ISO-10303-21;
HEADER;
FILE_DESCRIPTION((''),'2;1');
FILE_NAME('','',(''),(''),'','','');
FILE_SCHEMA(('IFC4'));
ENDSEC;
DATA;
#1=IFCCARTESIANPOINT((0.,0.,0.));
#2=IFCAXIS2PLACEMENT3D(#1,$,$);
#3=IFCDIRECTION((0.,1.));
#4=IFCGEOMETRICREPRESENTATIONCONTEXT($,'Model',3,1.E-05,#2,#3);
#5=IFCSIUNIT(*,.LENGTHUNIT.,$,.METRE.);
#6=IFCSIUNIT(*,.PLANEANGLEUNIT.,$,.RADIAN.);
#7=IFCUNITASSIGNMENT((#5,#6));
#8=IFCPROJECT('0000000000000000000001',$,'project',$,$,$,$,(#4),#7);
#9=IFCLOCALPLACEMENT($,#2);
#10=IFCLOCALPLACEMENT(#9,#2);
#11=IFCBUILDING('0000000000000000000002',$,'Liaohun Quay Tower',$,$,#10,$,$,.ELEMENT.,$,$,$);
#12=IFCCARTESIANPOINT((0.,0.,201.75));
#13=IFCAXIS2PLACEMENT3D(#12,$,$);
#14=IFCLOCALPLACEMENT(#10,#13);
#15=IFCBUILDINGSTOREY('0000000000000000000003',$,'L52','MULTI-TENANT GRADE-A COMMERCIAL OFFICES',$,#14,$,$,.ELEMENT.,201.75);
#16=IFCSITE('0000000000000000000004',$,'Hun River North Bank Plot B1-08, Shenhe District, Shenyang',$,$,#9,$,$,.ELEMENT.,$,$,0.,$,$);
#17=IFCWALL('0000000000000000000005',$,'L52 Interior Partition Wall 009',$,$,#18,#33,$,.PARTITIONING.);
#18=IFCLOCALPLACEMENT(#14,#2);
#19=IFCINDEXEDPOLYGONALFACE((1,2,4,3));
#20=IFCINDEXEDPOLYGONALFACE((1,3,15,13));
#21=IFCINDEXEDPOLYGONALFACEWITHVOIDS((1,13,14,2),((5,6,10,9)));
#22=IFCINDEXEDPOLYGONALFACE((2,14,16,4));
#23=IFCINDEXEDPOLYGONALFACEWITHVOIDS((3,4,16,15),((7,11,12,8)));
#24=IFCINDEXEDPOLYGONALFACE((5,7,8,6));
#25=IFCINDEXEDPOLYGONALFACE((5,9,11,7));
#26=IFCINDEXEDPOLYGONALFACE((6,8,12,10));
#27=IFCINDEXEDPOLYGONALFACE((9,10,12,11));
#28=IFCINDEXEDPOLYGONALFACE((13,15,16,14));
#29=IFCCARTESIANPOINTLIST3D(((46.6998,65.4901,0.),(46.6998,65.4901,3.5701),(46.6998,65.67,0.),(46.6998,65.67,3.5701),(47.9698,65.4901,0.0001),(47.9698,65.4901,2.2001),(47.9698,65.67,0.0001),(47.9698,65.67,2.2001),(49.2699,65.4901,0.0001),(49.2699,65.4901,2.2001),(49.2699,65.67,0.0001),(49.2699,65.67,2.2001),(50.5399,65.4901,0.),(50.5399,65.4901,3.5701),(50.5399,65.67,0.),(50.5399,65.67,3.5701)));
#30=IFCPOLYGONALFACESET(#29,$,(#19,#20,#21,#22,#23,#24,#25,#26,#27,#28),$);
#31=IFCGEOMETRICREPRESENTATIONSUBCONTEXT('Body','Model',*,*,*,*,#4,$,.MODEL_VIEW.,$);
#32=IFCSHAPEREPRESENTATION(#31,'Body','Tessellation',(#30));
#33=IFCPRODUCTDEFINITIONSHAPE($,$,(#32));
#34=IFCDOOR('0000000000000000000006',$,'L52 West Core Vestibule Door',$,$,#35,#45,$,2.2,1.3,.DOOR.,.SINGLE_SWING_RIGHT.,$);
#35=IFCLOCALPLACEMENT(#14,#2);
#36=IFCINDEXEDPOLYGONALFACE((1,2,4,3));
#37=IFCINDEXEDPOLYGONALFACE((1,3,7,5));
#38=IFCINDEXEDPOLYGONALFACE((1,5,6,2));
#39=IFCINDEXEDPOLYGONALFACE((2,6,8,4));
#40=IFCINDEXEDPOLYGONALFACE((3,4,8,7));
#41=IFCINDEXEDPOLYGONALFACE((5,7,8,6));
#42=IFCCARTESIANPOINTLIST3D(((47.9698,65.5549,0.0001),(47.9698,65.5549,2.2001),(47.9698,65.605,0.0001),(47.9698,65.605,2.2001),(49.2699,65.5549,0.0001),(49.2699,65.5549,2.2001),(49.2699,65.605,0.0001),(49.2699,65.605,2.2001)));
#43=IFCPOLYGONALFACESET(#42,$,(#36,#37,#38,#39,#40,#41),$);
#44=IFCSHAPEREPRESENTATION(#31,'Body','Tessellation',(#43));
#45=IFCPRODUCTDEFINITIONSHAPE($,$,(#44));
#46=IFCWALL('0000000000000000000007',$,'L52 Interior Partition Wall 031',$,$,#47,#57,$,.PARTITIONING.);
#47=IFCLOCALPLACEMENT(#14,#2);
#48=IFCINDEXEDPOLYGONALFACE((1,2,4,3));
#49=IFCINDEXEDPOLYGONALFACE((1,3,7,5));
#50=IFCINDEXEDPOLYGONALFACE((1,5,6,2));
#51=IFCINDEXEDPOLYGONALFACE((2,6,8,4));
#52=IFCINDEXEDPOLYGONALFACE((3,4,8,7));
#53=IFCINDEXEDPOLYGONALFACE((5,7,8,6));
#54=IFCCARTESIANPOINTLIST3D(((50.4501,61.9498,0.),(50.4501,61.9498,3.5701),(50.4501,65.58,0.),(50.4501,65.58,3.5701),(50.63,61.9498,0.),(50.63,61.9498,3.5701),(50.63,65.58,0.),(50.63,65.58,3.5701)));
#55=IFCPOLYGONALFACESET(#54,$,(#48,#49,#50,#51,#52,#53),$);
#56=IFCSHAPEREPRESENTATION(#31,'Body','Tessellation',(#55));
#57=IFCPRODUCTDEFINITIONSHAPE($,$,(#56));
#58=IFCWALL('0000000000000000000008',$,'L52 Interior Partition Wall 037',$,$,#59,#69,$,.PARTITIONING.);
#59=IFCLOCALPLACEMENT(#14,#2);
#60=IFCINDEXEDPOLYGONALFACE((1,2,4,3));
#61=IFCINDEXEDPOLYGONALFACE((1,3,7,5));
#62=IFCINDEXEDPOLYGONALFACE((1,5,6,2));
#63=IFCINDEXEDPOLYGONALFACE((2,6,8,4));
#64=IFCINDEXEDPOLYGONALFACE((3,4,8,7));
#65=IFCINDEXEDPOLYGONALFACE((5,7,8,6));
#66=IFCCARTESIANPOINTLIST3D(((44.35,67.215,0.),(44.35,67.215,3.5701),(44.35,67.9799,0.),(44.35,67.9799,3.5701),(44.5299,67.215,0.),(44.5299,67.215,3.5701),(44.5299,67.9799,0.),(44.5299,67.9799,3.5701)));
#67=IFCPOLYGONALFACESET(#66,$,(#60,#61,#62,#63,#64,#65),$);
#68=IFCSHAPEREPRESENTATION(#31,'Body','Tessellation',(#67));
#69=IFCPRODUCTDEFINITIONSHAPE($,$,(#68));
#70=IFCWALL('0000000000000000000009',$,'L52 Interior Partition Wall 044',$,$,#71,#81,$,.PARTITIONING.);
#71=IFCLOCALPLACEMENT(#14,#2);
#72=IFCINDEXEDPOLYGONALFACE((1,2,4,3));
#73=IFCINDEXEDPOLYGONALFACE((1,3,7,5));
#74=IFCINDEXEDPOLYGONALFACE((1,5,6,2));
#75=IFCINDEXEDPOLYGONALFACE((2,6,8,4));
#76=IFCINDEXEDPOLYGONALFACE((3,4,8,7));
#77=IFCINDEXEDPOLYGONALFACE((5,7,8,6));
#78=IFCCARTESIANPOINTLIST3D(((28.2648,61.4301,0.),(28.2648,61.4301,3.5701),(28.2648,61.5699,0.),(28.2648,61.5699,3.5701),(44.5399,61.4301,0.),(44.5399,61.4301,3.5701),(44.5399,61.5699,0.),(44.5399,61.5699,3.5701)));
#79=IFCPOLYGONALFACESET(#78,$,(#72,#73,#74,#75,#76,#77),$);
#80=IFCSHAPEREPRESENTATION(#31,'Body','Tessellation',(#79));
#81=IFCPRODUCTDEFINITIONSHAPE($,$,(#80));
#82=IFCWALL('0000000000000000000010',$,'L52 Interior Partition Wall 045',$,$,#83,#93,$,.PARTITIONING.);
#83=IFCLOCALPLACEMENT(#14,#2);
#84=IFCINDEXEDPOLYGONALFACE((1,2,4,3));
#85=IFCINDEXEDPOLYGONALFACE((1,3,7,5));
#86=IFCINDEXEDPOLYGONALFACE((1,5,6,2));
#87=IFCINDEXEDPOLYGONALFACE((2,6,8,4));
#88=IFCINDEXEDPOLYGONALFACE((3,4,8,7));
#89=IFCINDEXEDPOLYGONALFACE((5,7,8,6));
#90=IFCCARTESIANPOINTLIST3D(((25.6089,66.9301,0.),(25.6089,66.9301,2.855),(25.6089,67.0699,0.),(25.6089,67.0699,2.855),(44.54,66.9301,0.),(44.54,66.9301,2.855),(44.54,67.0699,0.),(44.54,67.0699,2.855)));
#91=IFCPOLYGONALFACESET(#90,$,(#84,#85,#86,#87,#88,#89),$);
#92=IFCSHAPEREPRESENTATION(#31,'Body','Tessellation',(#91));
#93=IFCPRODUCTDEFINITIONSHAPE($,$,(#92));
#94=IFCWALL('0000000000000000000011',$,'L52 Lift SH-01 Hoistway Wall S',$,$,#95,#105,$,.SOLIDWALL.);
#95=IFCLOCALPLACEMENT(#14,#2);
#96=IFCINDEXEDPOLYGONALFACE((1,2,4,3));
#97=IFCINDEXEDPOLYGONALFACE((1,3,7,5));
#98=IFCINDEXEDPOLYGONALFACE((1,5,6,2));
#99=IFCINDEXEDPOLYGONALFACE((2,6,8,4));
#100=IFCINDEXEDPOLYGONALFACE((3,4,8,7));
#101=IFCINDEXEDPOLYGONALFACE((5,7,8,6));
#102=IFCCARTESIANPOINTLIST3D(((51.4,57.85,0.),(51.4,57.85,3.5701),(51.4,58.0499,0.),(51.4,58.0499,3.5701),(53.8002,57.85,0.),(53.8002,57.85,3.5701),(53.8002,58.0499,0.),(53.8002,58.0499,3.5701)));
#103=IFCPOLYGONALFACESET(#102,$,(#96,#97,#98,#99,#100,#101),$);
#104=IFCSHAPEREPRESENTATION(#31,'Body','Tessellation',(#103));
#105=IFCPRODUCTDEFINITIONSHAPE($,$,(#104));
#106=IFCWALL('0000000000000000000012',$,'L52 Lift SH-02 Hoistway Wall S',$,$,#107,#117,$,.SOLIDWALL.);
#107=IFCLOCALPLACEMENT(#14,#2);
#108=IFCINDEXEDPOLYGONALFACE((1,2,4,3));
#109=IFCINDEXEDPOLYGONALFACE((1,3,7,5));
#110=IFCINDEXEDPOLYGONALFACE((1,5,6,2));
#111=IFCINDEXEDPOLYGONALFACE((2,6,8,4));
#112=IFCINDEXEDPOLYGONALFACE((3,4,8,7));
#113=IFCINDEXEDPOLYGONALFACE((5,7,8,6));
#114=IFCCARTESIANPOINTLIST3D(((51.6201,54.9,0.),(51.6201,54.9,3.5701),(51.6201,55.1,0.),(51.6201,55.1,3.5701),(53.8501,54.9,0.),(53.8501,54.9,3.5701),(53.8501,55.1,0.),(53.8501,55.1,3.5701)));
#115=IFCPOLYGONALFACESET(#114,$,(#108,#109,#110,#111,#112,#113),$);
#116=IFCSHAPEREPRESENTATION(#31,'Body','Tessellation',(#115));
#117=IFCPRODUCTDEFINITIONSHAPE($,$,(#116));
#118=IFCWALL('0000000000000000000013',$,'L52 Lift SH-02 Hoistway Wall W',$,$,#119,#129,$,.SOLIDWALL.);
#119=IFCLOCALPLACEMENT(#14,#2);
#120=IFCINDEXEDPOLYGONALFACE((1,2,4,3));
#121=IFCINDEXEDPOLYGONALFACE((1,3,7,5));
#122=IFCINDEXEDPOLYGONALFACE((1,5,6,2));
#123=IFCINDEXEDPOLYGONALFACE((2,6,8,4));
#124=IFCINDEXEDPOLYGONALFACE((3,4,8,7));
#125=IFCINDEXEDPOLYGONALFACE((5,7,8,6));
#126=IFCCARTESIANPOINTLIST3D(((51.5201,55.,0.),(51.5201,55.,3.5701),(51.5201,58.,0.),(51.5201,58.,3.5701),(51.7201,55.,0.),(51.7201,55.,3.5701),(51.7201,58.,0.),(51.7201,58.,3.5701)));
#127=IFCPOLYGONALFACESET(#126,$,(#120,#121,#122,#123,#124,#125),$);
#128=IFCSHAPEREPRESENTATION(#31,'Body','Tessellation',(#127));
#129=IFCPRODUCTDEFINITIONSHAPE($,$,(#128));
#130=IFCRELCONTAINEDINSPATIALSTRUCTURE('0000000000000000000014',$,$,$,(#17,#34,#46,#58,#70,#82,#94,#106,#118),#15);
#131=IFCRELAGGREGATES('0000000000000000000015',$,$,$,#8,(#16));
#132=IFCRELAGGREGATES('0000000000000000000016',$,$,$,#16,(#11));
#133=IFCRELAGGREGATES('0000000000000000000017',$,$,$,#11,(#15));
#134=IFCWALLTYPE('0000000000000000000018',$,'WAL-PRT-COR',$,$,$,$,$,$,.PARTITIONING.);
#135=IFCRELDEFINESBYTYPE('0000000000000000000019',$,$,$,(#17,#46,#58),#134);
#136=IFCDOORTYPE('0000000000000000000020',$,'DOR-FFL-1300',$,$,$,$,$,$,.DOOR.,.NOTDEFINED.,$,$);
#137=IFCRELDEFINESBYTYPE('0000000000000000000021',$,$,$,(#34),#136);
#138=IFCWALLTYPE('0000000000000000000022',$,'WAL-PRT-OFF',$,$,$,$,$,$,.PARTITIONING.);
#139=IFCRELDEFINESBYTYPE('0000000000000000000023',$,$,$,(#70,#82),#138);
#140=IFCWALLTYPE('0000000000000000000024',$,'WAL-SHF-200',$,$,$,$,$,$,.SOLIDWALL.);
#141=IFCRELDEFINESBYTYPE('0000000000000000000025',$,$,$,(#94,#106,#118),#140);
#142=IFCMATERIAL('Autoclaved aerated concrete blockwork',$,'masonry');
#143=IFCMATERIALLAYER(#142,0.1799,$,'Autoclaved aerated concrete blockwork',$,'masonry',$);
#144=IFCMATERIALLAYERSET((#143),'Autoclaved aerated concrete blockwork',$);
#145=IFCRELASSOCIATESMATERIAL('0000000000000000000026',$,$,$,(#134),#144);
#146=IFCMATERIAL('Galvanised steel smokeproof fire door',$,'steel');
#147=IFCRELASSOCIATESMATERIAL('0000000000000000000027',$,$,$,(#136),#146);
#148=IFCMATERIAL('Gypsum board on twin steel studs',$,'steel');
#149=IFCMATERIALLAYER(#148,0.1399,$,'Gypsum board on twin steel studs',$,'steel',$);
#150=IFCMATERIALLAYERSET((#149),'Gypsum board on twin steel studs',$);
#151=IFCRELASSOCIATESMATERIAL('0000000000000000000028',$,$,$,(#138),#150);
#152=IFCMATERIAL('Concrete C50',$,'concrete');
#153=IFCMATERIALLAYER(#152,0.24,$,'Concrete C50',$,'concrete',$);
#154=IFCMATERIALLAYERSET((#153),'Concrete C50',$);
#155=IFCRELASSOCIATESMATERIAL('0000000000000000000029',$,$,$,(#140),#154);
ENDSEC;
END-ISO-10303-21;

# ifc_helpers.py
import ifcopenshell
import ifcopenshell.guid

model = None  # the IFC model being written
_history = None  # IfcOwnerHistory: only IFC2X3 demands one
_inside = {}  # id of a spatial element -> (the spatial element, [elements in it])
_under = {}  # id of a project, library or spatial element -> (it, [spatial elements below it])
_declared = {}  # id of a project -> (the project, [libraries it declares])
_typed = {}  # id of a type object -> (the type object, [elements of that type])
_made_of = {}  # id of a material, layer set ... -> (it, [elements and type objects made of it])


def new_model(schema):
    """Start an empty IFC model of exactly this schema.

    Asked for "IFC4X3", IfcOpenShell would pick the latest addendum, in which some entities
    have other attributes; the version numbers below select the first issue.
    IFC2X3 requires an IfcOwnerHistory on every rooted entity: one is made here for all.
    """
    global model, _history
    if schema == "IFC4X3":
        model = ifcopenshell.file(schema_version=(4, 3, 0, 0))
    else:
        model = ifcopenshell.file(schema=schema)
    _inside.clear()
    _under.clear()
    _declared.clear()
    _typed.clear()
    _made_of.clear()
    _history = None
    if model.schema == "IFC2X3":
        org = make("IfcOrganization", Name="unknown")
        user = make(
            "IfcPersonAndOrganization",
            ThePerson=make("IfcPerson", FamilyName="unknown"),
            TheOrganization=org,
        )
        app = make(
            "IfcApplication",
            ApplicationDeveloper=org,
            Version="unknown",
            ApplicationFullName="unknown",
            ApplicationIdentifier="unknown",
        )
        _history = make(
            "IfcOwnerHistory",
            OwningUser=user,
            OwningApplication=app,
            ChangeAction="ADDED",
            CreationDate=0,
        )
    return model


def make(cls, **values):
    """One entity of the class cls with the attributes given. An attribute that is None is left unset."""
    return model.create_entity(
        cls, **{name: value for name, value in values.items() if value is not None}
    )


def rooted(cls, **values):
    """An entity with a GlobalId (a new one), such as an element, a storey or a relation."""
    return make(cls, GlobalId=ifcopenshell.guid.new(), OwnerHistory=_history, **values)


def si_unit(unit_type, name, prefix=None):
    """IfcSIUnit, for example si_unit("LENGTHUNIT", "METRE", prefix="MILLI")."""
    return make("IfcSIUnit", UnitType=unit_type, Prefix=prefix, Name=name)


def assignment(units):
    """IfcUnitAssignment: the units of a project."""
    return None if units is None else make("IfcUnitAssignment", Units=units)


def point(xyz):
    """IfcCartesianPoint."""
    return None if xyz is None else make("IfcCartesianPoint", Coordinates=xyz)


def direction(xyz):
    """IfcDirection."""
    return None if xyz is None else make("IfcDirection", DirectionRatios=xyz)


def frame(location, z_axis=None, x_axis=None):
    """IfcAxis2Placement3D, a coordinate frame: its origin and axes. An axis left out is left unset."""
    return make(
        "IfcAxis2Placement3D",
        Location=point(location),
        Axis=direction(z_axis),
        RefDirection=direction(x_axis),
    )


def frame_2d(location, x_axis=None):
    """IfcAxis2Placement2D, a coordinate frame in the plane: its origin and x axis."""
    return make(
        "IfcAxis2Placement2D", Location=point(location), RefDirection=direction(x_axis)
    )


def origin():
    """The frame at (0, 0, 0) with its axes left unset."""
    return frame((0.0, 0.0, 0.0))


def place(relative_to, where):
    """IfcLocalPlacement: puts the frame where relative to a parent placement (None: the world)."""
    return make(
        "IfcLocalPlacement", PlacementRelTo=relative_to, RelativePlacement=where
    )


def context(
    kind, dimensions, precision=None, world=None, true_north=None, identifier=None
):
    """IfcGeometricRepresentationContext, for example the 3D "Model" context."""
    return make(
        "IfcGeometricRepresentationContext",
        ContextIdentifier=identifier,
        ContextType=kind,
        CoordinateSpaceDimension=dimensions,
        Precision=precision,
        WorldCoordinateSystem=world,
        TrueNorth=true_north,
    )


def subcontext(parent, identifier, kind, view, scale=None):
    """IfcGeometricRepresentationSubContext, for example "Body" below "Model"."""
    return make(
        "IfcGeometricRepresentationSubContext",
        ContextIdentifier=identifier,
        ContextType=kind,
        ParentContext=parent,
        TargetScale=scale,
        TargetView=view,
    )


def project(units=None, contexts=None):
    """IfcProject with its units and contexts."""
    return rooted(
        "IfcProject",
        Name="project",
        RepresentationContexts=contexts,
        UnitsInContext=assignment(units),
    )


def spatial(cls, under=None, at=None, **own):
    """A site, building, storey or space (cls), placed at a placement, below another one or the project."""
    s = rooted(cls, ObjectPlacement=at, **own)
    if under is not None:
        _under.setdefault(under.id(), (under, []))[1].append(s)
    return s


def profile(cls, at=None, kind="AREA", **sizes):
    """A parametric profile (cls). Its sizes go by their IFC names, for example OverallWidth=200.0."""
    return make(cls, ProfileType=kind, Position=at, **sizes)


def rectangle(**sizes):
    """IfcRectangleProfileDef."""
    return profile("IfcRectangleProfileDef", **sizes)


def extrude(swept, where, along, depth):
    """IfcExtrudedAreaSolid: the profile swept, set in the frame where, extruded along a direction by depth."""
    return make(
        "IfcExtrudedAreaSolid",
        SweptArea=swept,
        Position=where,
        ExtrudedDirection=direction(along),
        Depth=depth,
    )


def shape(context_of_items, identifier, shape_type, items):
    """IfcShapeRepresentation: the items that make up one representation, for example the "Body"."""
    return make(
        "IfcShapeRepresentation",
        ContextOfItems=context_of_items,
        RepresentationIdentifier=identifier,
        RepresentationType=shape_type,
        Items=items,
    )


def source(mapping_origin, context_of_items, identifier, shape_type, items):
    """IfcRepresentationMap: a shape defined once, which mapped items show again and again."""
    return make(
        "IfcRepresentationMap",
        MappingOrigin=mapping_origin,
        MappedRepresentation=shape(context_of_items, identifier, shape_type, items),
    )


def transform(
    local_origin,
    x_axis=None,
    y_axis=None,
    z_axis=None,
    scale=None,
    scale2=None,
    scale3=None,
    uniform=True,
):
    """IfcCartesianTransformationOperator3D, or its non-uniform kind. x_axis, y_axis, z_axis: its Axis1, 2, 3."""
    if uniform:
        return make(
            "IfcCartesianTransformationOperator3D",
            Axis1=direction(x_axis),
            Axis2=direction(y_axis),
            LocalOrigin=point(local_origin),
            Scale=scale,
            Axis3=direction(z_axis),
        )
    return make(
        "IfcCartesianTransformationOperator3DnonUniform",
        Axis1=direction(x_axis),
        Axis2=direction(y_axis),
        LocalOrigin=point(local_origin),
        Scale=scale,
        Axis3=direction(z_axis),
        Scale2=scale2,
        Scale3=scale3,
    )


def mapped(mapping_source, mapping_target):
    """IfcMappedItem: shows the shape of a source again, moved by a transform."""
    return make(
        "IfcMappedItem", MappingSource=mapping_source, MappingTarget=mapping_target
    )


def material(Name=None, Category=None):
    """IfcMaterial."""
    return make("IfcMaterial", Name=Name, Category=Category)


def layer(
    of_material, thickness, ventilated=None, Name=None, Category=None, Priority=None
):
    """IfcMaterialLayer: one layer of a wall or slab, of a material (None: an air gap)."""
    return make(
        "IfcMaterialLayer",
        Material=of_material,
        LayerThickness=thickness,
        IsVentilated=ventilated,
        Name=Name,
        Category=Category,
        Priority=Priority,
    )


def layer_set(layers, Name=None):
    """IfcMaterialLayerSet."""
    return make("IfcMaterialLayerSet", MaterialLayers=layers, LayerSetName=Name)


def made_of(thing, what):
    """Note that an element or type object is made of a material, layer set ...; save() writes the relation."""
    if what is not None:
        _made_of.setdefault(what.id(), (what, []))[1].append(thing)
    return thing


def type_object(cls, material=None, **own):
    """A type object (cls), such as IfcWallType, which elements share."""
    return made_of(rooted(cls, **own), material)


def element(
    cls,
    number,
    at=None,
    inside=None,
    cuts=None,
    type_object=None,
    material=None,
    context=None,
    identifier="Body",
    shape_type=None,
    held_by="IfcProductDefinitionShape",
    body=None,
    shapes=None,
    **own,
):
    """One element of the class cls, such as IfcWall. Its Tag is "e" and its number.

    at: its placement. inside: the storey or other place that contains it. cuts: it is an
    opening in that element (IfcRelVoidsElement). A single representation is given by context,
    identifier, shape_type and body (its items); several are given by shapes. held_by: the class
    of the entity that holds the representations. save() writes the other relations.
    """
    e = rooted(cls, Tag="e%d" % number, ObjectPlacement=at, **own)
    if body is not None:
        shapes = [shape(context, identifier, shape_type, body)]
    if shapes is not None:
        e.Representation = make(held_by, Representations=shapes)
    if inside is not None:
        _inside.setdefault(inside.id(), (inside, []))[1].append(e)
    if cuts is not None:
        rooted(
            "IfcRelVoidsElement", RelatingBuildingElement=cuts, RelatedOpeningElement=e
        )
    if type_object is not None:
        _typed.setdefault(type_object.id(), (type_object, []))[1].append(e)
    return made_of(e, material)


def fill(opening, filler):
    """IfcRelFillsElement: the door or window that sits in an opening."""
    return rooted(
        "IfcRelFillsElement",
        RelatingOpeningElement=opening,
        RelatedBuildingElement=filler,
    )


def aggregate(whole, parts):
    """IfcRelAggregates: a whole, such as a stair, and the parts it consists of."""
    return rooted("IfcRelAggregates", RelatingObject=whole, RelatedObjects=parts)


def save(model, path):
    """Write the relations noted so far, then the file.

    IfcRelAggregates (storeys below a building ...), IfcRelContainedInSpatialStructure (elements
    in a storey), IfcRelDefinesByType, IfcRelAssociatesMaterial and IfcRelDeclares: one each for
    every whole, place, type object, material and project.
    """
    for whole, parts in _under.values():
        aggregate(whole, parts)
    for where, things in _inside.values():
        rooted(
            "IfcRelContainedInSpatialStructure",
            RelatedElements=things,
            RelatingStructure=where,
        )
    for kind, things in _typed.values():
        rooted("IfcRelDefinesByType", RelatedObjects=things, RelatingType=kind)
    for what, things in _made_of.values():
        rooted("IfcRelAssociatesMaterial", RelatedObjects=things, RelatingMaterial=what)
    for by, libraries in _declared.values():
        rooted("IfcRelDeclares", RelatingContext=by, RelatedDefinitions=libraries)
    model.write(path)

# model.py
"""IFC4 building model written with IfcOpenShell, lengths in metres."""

from ifc_helpers import new_model, si_unit, direction, frame, frame_2d, origin, place, context, subcontext, project, spatial, rectangle, extrude, source, transform, mapped, material, layer, layer_set, type_object, element, fill, save


model = new_model("IFC4")

# Units and contexts
model_context = context("Model", 3, precision=1e-05, world=origin(), true_north=direction((0.0, 1.0)))
body_context = subcontext(model_context, "Body", "Model", "MODEL_VIEW")
ifc_project = project(units=[si_unit("LENGTHUNIT", "METRE"), si_unit("PLANEANGLEUNIT", "RADIAN")], contexts=[model_context])

# Site, building, storey
site_placement = place(None, origin())
site = spatial("IfcSite", under=ifc_project, at=site_placement, Name="Hun River North Bank Plot B1-08, Shenhe District, Shenyang", CompositionType="ELEMENT", RefElevation=0.0)
building_placement = place(site_placement, origin())
building = spatial("IfcBuilding", under=site, at=building_placement, Name="Liaohun Quay Tower", CompositionType="ELEMENT")
storey_placement = place(building_placement, frame((0.0, 0.0, 201.75)))
storey = spatial("IfcBuildingStorey", under=building, at=storey_placement, Name="L52", Description="MULTI-TENANT GRADE-A COMMERCIAL OFFICES", CompositionType="ELEMENT", Elevation=201.75)

# Wall, opening, door
ifc_material_1 = material(Name="Autoclaved aerated concrete blockwork", Category="masonry")
ifc_layer_1 = layer(ifc_material_1, 0.1799, Name="Autoclaved aerated concrete blockwork", Category="masonry")
ifc_layer_set_1 = layer_set([ifc_layer_1], Name="Autoclaved aerated concrete blockwork")
wall_type_1 = type_object("IfcWallType", Name="WAL-PRT-COR", PredefinedType="PARTITIONING", material=ifc_layer_set_1)
wall_1_placement = place(storey_placement, frame((46.7, 65.5801, 0.0), z_axis=(0.0, 0.0, 1.0), x_axis=(1.0, 0.0, 0.0)))
wall_1 = element("IfcWall", 1, at=wall_1_placement, inside=storey, type_object=wall_type_1, Name="L52 Interior Partition Wall 009", PredefinedType="PARTITIONING", context=body_context, shape_type="SweptSolid", body=[
    extrude(rectangle(XDim=3.8401, YDim=0.1799, at=frame_2d((1.9199, 0.0))), origin(), (0.0, 0.0, 1.0), 3.5701),
])
shared_shape_1 = source(origin(), body_context, "Body", "SweptSolid", [
    extrude(rectangle(XDim=1.3, YDim=2.2, at=frame_2d((0.6499, 1.1001))), frame((0.0, 0.0999, 0.0), z_axis=(0.0, -1.0, 0.0), x_axis=(1.0, 0.0, 0.0)), (0.0, 0.0, 1.0), 0.2),
])
opening_1_placement = place(wall_1_placement, frame((1.27, 0.0, 0.0)))
opening_1 = element("IfcOpeningElement", 2, at=opening_1_placement, cuts=wall_1, PredefinedType="OPENING", context=body_context, shape_type="MappedRepresentation", body=[
    mapped(shared_shape_1, transform((0.0, 0.0, 0.0), x_axis=(1.0, 0.0, 0.0), y_axis=(0.0, 1.0, 0.0), z_axis=(0.0, 0.0, 1.0), scale=1.0)),
])
ifc_material_2 = material(Name="Galvanised steel smokeproof fire door", Category="steel")
door_type_1 = type_object("IfcDoorType", Name="DOR-FFL-1300", OperationType="NOTDEFINED", PredefinedType="DOOR", material=ifc_material_2)
shared_shape_2 = source(origin(), body_context, "Body", "SweptSolid", [
    extrude(rectangle(XDim=1.3, YDim=2.2, at=frame_2d((0.6499, 1.1001))), frame((0.0, 0.0249, 0.0), z_axis=(0.0, -1.0, 0.0), x_axis=(1.0, 0.0, 0.0)), (0.0, 0.0, 1.0), 0.05),
])
door_1_placement = place(opening_1_placement, origin())
door_1 = element("IfcDoor", 3, at=door_1_placement, inside=storey, type_object=door_type_1, Name="L52 West Core Vestibule Door", OperationType="SINGLE_SWING_RIGHT", OverallHeight=2.2, OverallWidth=1.3, PredefinedType="DOOR", context=body_context, shape_type="MappedRepresentation", body=[
    mapped(shared_shape_2, transform((0.0, 0.0, 0.0), x_axis=(1.0, 0.0, 0.0), y_axis=(0.0, 1.0, 0.0), z_axis=(0.0, 0.0, 1.0), scale=1.0)),
])
fill(opening_1, door_1)

# Walls
wall_2_placement = place(storey_placement, frame((50.54, 61.95, 0.0), z_axis=(0.0, 0.0, 1.0), x_axis=(0.0, 1.0, 0.0)))
element("IfcWall", 4, at=wall_2_placement, inside=storey, type_object=wall_type_1, Name="L52 Interior Partition Wall 031", PredefinedType="PARTITIONING", context=body_context, shape_type="SweptSolid", body=[
    extrude(rectangle(XDim=3.6301, YDim=0.1799, at=frame_2d((1.8149, 0.0))), origin(), (0.0, 0.0, 1.0), 3.5701),
])
wall_3_placement = place(storey_placement, frame((44.4399, 67.2151, 0.0), z_axis=(0.0, 0.0, 1.0), x_axis=(0.0, 1.0, 0.0)))
element("IfcWall", 5, at=wall_3_placement, inside=storey, type_object=wall_type_1, Name="L52 Interior Partition Wall 037", PredefinedType="PARTITIONING", context=body_context, shape_type="SweptSolid", body=[
    extrude(rectangle(XDim=0.7649, YDim=0.1799, at=frame_2d((0.3823, 0.0))), origin(), (0.0, 0.0, 1.0), 3.5701),
])
ifc_material_3 = material(Name="Gypsum board on twin steel studs", Category="steel")
ifc_layer_2 = layer(ifc_material_3, 0.1399, Name="Gypsum board on twin steel studs", Category="steel")
ifc_layer_set_2 = layer_set([ifc_layer_2], Name="Gypsum board on twin steel studs")
wall_type_2 = type_object("IfcWallType", Name="WAL-PRT-OFF", PredefinedType="PARTITIONING", material=ifc_layer_set_2)
wall_4_placement = place(storey_placement, frame((44.54, 61.5, 0.0), z_axis=(0.0, 0.0, 1.0), x_axis=(-1.0, 0.0, 0.0)))
element("IfcWall", 6, at=wall_4_placement, inside=storey, type_object=wall_type_2, Name="L52 Interior Partition Wall 044", PredefinedType="PARTITIONING", context=body_context, shape_type="SweptSolid", body=[
    extrude(rectangle(XDim=16.2751, YDim=0.1399, at=frame_2d((8.1377, 0.0))), origin(), (0.0, 0.0, 1.0), 3.5701),
])
wall_5_placement = place(storey_placement, frame((44.54, 67.0, 0.0), z_axis=(0.0, 0.0, 1.0), x_axis=(-1.0, 0.0, 0.0)))
element("IfcWall", 7, at=wall_5_placement, inside=storey, type_object=wall_type_2, Name="L52 Interior Partition Wall 045", PredefinedType="PARTITIONING", context=body_context, shape_type="SweptSolid", body=[
    extrude(rectangle(XDim=18.9312, YDim=0.1399, at=frame_2d((9.4656, 0.0))), origin(), (0.0, 0.0, 1.0), 2.855),
])
ifc_material_4 = material(Name="Concrete C50", Category="concrete")
ifc_layer_3 = layer(ifc_material_4, 0.24, Name="Concrete C50", Category="concrete")
ifc_layer_set_3 = layer_set([ifc_layer_3], Name="Concrete C50")
wall_type_3 = type_object("IfcWallType", Name="WAL-SHF-200", PredefinedType="SOLIDWALL", material=ifc_layer_set_3)
wall_6_placement = place(storey_placement, frame((51.3999, 57.95, 0.0), z_axis=(0.0, 0.0, 1.0), x_axis=(1.0, 0.0, 0.0)))
element("IfcWall", 8, at=wall_6_placement, inside=storey, type_object=wall_type_3, Name="L52 Lift SH-01 Hoistway Wall S", PredefinedType="SOLIDWALL", context=body_context, shape_type="SweptSolid", body=[
    extrude(rectangle(XDim=2.4001, YDim=0.2, at=frame_2d((1.2002, 0.0))), origin(), (0.0, 0.0, 1.0), 3.5701),
])
wall_7_placement = place(storey_placement, frame((51.6201, 55.0, 0.0), z_axis=(0.0, 0.0, 1.0), x_axis=(1.0, 0.0, 0.0)))
element("IfcWall", 9, at=wall_7_placement, inside=storey, type_object=wall_type_3, Name="L52 Lift SH-02 Hoistway Wall S", PredefinedType="SOLIDWALL", context=body_context, shape_type="SweptSolid", body=[
    extrude(rectangle(XDim=2.23, YDim=0.2, at=frame_2d((1.115, 0.0))), origin(), (0.0, 0.0, 1.0), 3.5701),
])
wall_8_placement = place(storey_placement, frame((51.6201, 58.0, 0.0), z_axis=(0.0, 0.0, 1.0), x_axis=(0.0, -1.0, 0.0)))
element("IfcWall", 10, at=wall_8_placement, inside=storey, type_object=wall_type_3, Name="L52 Lift SH-02 Hoistway Wall W", PredefinedType="SOLIDWALL", context=body_context, shape_type="SweptSolid", body=[
    extrude(rectangle(XDim=3.0, YDim=0.2, at=frame_2d((1.5, 0.0))), origin(), (0.0, 0.0, 1.0), 3.5701),
])

save(model, "model.ifc")
